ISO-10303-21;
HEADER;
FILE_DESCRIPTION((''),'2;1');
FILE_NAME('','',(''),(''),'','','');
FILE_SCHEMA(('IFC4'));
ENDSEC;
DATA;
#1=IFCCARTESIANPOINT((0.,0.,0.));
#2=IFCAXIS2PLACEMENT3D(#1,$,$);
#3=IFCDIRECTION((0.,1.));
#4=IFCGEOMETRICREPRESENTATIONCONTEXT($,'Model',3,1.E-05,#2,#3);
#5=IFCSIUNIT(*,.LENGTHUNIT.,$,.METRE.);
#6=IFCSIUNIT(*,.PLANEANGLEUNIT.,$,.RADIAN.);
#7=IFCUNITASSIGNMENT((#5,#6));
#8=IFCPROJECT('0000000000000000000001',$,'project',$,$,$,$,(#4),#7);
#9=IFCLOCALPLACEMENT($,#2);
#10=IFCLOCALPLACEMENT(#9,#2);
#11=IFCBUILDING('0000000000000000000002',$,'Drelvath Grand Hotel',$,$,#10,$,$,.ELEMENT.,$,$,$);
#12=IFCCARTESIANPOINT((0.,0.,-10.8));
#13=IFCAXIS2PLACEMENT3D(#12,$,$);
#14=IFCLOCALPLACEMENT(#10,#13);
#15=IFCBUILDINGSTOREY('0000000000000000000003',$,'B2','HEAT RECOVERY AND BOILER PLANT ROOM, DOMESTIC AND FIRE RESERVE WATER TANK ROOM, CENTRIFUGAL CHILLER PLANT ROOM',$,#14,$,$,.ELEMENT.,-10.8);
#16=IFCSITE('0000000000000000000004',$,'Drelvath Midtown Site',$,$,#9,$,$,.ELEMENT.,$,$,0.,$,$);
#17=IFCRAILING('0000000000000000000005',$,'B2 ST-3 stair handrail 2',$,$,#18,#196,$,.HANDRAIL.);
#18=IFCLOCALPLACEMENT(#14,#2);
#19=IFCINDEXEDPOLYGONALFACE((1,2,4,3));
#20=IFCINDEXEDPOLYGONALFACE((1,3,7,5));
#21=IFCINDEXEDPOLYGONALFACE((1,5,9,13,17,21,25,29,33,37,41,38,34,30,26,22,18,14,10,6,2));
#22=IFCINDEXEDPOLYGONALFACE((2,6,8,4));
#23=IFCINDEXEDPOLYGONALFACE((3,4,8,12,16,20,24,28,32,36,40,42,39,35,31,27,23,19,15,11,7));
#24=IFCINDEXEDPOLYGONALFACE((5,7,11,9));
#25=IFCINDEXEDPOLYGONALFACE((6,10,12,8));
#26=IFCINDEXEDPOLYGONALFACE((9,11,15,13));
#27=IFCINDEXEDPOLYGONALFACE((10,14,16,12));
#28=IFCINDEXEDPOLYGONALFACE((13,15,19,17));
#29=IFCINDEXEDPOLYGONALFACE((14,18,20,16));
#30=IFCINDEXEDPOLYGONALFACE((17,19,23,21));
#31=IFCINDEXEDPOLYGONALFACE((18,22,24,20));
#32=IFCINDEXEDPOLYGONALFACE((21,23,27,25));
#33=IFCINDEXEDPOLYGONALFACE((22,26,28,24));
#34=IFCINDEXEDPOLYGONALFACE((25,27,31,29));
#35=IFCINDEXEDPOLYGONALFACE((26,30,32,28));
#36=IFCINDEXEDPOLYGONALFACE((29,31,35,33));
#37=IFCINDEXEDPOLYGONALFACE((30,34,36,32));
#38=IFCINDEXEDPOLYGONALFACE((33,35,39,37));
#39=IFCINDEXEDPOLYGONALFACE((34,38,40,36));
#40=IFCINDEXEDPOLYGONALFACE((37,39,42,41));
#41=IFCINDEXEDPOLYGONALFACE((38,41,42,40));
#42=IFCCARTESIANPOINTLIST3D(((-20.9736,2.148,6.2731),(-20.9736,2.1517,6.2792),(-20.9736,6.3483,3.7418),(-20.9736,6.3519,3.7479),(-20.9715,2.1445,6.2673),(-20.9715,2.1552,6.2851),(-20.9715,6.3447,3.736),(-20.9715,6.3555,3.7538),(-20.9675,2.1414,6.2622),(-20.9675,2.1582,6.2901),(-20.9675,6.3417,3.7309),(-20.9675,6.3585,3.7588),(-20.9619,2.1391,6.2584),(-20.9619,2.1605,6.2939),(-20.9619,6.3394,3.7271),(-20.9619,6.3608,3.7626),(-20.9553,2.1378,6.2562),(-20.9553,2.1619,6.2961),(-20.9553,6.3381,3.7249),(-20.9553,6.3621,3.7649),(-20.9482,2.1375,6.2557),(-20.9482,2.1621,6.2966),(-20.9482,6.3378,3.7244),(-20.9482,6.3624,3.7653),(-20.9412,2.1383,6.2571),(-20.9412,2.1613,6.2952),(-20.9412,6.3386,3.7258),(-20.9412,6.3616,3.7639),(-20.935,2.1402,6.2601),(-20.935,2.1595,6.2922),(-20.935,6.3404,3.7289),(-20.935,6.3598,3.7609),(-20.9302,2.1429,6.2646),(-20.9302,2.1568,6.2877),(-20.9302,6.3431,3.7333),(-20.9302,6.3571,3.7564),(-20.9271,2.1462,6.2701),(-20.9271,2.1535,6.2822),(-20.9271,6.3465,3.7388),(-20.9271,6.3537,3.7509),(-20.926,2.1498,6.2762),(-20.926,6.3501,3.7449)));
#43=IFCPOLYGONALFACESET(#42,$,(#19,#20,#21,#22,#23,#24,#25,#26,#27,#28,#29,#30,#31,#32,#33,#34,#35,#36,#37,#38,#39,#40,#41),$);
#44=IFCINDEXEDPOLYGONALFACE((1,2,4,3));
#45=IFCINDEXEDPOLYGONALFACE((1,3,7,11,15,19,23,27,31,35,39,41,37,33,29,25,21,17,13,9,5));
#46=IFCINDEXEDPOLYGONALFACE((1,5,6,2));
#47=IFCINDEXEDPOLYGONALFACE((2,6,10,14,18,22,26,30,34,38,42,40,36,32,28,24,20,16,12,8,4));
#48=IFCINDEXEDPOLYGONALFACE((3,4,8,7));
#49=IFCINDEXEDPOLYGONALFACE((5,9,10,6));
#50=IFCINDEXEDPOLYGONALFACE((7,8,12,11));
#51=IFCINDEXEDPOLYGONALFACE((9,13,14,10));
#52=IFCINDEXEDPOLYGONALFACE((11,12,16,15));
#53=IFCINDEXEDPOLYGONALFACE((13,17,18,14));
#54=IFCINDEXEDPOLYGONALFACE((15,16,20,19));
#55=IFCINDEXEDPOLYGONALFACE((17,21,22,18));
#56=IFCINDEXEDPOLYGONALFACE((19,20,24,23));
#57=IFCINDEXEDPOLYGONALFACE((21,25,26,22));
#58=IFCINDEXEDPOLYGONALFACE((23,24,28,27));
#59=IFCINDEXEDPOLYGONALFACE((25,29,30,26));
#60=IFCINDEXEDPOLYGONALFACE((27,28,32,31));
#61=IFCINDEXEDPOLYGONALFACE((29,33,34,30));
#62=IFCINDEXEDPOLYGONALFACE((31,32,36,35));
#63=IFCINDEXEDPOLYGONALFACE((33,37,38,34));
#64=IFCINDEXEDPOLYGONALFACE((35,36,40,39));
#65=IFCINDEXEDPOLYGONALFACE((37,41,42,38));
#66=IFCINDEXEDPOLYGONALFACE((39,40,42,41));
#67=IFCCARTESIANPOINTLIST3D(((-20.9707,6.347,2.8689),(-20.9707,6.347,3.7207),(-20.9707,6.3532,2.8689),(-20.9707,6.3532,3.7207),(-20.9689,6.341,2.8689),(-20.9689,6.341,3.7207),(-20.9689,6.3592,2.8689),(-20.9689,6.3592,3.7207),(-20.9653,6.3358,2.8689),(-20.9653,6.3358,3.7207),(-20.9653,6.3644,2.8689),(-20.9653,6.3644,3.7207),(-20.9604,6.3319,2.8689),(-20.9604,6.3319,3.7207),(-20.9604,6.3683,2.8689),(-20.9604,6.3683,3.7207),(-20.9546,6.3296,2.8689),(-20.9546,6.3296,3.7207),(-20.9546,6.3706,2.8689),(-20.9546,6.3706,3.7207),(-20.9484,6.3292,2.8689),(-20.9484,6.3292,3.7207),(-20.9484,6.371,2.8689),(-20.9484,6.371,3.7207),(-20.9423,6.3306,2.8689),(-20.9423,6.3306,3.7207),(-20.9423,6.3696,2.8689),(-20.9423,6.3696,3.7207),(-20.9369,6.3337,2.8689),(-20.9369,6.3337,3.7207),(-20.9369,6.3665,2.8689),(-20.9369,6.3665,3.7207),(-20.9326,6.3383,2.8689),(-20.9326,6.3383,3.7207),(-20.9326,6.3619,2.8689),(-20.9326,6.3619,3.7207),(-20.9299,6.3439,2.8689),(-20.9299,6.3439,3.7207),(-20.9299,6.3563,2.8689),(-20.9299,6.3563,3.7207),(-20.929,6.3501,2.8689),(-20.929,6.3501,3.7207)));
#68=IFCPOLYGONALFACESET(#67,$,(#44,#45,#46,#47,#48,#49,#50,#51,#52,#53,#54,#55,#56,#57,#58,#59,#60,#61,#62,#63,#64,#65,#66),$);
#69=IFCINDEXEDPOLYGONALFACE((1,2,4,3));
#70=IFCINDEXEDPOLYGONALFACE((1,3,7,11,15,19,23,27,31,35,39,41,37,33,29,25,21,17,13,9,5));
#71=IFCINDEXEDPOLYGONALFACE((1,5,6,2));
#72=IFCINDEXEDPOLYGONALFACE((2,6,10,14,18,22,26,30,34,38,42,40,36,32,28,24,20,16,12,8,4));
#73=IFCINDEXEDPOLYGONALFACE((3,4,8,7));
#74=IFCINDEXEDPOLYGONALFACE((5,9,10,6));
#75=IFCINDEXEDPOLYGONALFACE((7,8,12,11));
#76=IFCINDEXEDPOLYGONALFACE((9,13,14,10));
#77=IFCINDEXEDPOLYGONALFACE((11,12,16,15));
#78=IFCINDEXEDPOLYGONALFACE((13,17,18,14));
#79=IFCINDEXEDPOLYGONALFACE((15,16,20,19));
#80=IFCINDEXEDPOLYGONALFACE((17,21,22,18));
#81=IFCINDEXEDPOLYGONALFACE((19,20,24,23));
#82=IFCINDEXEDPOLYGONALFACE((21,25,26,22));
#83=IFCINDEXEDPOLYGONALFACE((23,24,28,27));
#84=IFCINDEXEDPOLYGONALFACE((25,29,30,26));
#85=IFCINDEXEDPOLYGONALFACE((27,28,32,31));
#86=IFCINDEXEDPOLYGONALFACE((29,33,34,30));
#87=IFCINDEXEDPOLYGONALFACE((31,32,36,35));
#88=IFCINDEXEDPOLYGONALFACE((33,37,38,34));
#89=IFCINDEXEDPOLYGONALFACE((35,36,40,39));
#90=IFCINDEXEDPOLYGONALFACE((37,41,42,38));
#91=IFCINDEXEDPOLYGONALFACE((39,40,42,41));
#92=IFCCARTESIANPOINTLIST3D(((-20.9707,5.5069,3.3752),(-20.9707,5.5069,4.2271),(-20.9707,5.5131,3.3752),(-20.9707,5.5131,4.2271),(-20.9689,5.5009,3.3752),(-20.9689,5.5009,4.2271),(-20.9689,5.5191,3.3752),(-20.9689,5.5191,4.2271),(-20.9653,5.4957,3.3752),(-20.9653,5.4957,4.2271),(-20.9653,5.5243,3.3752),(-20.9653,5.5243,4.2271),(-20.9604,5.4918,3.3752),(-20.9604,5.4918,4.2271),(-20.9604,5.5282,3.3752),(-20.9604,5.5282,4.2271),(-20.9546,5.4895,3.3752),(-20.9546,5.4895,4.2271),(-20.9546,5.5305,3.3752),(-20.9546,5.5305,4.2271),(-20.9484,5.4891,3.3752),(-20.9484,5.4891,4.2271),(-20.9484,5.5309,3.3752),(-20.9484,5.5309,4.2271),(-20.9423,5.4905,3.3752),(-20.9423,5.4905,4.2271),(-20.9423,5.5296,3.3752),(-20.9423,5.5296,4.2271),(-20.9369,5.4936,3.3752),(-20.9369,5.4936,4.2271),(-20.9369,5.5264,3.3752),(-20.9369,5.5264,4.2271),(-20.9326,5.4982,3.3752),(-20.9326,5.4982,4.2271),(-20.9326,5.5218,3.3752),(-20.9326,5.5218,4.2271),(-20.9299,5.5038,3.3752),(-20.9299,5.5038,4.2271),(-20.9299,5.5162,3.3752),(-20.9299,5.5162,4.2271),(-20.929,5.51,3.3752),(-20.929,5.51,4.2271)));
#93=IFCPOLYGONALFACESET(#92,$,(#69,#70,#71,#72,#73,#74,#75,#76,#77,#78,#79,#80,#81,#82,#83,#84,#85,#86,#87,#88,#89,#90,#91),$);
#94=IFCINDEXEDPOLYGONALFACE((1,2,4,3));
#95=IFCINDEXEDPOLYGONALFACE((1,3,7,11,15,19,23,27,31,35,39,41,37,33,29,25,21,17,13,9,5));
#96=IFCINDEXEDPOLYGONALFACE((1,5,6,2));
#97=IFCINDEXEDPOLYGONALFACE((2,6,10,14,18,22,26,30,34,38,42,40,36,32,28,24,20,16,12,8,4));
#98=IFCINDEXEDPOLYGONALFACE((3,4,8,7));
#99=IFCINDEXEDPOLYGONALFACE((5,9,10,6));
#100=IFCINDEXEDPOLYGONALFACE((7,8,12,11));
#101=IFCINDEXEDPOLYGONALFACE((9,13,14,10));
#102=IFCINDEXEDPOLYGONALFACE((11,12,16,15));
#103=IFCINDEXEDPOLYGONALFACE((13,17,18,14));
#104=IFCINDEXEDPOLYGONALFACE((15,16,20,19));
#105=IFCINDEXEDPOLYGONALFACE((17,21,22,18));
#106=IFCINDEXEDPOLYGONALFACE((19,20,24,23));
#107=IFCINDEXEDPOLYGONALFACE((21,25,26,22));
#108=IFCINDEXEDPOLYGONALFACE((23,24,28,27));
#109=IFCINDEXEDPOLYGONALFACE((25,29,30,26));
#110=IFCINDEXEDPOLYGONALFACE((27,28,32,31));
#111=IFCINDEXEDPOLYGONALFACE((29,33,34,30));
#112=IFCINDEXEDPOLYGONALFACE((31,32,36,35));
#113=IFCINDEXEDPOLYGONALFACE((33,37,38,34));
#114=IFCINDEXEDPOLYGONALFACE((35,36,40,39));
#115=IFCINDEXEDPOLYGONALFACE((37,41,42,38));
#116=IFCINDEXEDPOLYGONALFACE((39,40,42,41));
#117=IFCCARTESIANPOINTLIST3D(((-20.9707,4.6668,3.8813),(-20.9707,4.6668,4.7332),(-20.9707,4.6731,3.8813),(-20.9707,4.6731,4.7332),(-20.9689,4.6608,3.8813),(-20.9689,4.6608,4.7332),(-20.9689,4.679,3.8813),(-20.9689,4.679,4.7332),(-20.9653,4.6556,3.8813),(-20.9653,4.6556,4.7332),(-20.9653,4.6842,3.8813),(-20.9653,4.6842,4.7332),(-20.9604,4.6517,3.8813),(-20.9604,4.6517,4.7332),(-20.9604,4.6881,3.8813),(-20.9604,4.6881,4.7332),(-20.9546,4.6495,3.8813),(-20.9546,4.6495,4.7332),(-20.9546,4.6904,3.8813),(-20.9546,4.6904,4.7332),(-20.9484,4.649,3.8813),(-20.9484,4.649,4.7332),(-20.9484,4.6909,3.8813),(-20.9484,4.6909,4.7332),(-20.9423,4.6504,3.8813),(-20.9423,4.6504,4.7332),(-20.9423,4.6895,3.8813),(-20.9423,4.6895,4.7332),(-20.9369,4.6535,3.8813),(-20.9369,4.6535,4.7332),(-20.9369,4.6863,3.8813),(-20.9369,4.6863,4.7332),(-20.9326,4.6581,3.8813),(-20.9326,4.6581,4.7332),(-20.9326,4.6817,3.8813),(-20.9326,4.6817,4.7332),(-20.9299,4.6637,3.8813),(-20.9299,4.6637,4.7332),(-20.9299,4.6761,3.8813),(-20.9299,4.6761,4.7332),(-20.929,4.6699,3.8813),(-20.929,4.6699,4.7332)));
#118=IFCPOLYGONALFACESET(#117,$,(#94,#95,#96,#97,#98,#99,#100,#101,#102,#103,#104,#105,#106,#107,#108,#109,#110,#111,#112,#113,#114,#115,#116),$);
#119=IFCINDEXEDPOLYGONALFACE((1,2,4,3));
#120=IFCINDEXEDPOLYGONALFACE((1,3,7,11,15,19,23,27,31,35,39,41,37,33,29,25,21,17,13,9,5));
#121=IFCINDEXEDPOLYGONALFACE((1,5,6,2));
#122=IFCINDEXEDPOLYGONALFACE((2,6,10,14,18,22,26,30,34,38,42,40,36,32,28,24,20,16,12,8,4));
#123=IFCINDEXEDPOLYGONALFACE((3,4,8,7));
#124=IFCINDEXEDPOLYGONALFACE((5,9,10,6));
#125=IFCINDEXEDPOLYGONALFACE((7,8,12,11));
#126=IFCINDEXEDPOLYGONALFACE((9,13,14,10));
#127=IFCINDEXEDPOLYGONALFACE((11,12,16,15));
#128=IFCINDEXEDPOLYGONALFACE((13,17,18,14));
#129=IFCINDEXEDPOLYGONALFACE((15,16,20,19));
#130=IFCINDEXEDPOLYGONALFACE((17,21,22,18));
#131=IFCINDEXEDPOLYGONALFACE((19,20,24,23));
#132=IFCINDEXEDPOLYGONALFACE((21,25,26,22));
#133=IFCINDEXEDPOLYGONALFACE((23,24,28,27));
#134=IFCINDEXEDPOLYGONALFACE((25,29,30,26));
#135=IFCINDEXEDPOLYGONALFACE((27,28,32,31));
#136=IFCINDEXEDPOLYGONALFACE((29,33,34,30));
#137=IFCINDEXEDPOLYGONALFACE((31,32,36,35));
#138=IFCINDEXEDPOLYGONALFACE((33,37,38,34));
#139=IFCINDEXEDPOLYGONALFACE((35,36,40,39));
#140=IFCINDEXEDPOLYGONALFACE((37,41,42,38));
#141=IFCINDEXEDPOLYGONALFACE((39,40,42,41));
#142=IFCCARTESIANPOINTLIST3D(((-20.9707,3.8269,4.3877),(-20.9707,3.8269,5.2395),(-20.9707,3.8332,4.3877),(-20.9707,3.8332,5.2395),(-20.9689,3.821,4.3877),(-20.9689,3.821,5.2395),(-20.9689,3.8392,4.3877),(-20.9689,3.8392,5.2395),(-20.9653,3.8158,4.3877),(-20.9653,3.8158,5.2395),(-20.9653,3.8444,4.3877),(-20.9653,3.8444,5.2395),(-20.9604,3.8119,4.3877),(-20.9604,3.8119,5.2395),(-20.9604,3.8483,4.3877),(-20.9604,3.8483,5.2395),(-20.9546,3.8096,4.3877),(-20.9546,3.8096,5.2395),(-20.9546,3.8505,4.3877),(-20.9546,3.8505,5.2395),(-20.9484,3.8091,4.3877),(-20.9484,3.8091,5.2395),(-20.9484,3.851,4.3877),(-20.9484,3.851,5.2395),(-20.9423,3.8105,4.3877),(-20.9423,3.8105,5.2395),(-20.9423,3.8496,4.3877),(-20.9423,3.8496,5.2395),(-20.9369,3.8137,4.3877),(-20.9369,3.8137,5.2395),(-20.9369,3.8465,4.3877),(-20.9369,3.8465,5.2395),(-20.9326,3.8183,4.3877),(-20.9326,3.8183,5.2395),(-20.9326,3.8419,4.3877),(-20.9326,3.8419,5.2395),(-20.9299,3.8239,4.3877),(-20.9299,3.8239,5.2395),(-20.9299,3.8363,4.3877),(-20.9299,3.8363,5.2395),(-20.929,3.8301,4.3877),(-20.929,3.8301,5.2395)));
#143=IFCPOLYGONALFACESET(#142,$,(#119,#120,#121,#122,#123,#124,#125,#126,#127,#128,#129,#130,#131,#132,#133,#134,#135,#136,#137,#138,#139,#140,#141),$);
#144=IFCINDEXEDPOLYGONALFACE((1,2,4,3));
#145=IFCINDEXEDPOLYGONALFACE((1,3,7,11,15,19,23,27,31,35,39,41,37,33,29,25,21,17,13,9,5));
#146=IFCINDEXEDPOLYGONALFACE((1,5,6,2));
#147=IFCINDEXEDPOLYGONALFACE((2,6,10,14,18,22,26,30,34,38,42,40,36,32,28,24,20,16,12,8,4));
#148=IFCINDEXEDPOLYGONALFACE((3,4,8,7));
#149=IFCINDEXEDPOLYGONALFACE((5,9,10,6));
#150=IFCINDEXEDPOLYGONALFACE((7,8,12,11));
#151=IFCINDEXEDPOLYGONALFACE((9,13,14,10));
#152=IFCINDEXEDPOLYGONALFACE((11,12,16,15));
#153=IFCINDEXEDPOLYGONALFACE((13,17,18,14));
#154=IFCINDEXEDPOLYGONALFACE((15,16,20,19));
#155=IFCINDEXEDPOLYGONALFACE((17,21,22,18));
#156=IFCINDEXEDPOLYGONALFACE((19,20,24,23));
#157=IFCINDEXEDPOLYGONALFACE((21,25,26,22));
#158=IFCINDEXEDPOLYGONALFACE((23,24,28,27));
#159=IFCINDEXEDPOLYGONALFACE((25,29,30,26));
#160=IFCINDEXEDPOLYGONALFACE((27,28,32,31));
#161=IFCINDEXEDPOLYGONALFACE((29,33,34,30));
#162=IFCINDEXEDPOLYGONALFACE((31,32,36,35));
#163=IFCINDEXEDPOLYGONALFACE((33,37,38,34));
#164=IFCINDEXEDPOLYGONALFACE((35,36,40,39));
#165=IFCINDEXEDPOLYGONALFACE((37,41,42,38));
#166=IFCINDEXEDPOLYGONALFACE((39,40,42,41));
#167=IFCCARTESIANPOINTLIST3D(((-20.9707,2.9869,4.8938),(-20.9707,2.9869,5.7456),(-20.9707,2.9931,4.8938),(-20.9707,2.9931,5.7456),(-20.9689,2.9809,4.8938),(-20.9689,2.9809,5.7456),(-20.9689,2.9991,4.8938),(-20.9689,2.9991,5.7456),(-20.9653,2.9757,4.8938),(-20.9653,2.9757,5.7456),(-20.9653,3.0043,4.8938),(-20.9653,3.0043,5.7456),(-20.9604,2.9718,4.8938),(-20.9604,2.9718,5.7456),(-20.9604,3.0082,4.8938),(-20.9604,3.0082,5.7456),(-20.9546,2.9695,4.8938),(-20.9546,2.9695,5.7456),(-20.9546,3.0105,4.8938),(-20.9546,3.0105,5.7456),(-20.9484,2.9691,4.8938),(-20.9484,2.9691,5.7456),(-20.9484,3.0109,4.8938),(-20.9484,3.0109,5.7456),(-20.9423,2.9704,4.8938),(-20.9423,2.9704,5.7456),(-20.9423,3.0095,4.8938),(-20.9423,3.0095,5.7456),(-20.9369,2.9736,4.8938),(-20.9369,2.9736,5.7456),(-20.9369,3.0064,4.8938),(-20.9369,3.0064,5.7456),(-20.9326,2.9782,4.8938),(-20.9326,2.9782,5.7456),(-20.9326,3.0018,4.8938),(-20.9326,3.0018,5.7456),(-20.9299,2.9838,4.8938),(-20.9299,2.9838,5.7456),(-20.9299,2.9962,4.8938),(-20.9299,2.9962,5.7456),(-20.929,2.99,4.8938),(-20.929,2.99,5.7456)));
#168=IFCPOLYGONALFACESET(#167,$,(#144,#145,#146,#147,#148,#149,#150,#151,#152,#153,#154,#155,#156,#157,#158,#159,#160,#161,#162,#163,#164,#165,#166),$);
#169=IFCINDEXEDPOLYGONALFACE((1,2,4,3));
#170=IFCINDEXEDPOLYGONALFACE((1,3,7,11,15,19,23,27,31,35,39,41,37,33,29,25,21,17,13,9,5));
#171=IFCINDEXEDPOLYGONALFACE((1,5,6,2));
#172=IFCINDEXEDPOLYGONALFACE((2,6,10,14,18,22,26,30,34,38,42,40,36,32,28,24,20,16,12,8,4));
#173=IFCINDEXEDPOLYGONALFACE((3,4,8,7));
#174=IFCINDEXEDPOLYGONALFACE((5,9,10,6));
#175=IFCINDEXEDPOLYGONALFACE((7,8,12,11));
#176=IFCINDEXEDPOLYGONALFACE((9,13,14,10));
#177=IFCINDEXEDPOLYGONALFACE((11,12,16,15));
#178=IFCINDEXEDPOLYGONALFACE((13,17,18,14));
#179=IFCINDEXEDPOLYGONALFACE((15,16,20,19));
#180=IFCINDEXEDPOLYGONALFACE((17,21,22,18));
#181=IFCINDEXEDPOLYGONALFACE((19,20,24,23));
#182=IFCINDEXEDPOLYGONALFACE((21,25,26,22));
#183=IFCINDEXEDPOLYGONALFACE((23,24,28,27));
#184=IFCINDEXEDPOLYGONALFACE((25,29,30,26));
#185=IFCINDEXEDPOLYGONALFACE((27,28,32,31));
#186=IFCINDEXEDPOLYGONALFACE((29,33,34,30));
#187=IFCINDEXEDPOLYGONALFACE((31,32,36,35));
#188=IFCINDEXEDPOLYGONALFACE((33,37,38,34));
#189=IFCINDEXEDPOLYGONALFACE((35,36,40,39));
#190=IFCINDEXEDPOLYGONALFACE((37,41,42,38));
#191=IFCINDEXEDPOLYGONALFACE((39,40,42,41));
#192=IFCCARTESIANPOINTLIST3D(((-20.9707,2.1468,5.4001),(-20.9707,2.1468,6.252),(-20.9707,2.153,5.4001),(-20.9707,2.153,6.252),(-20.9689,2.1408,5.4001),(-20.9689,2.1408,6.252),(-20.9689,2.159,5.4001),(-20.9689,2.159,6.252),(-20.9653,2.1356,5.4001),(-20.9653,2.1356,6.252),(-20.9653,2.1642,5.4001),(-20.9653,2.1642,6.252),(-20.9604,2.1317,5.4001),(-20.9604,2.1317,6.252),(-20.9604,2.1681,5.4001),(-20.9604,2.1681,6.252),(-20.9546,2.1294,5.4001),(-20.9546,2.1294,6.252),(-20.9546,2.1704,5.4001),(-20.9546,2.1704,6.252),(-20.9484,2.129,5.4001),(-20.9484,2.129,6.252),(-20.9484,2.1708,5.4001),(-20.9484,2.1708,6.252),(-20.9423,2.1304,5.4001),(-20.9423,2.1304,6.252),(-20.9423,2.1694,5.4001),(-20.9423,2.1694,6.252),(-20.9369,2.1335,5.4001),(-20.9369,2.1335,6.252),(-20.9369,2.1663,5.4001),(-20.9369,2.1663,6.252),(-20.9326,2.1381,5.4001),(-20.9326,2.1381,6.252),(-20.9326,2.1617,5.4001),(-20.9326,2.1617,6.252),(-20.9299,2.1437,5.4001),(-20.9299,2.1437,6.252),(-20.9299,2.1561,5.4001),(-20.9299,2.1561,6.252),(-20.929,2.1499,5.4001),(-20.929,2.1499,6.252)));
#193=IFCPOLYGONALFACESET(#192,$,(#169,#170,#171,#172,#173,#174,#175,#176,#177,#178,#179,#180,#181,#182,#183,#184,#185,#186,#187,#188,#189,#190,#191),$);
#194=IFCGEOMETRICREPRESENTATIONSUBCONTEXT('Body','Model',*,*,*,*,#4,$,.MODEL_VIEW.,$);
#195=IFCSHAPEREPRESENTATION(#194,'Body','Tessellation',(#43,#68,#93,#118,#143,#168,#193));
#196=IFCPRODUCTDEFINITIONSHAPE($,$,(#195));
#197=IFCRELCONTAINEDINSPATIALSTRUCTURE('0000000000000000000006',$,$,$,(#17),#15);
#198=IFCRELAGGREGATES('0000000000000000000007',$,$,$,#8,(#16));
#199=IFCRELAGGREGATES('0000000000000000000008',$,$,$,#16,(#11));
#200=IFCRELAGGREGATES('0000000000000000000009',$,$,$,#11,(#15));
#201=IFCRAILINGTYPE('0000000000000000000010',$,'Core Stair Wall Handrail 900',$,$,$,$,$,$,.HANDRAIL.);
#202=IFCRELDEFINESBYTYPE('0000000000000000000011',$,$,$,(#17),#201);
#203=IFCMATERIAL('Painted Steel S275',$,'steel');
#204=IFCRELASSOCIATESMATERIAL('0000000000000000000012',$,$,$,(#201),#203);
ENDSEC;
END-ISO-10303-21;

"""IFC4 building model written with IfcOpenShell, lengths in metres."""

from ifc_helpers import new_model, si_unit, direction, frame, origin, origin_2d, place, context, subcontext, project, spatial, circle, extrude, material, type_object, element, save


model = new_model("IFC4")

# Units and contexts
model_context = context("Model", 3, precision=1e-05, world=origin(), true_north=direction((0.0, 1.0)))
body_context = subcontext(model_context, "Body", "Model", "MODEL_VIEW")
ifc_project = project(units=[si_unit("LENGTHUNIT", "METRE"), si_unit("PLANEANGLEUNIT", "RADIAN")], contexts=[model_context])

# Site, building, storey
site_placement = place(None, origin())
site = spatial("IfcSite", under=ifc_project, at=site_placement, Name="Drelvath Midtown Site", CompositionType="ELEMENT", RefElevation=0.0)
building_placement = place(site_placement, origin())
building = spatial("IfcBuilding", under=site, at=building_placement, Name="Drelvath Grand Hotel", CompositionType="ELEMENT")
storey_placement = place(building_placement, frame((0.0, 0.0, -10.8)))
storey = spatial("IfcBuildingStorey", under=building, at=storey_placement, Name="B2", Description="HEAT RECOVERY AND BOILER PLANT ROOM, DOMESTIC AND FIRE RESERVE WATER TANK ROOM, CENTRIFUGAL CHILLER PLANT ROOM", CompositionType="ELEMENT", Elevation=-10.8)

# Shared definitions
ifc_material_1 = material(Name="Painted Steel S275", Category="steel")

# Railing
railing_type_1 = type_object("IfcRailingType", Name="Core Stair Wall Handrail 900", PredefinedType="HANDRAIL", material=ifc_material_1)
railing_1_placement = place(storey_placement, frame((-20.95, 6.3501, 2.8689)))
element("IfcRailing", 1, at=railing_1_placement, inside=storey, type_object=railing_type_1, Name="B2 ST-3 stair handrail 2", PredefinedType="HANDRAIL", context=body_context, shape_type="SweptSolid", body=[
    extrude(circle(Radius=0.0239, at=origin_2d()), frame((0.0, 0.0, 0.876), z_axis=(0.0, -0.85649, 0.516164), x_axis=(1.0, 0.0, 0.0)), (0.0, 0.0, 1.0), 4.9041),
    extrude(circle(Radius=0.021, at=origin_2d()), origin(), (0.0, 0.0, 1.0), 0.8518),
    extrude(circle(Radius=0.021, at=origin_2d()), frame((0.0, -0.8401, 0.5063)), (0.0, 0.0, 1.0), 0.8518),
    extrude(circle(Radius=0.021, at=origin_2d()), frame((0.0, -1.6802, 1.0125)), (0.0, 0.0, 1.0), 0.8518),
    extrude(circle(Radius=0.021, at=origin_2d()), frame((0.0, -2.52, 1.5188)), (0.0, 0.0, 1.0), 0.8518),
    extrude(circle(Radius=0.021, at=origin_2d()), frame((0.0, -3.3601, 2.0249)), (0.0, 0.0, 1.0), 0.8518),
    extrude(circle(Radius=0.021, at=origin_2d()), frame((0.0, -4.2002, 2.5312)), (0.0, 0.0, 1.0), 0.8518),
])

save(model, "model.ifc")
